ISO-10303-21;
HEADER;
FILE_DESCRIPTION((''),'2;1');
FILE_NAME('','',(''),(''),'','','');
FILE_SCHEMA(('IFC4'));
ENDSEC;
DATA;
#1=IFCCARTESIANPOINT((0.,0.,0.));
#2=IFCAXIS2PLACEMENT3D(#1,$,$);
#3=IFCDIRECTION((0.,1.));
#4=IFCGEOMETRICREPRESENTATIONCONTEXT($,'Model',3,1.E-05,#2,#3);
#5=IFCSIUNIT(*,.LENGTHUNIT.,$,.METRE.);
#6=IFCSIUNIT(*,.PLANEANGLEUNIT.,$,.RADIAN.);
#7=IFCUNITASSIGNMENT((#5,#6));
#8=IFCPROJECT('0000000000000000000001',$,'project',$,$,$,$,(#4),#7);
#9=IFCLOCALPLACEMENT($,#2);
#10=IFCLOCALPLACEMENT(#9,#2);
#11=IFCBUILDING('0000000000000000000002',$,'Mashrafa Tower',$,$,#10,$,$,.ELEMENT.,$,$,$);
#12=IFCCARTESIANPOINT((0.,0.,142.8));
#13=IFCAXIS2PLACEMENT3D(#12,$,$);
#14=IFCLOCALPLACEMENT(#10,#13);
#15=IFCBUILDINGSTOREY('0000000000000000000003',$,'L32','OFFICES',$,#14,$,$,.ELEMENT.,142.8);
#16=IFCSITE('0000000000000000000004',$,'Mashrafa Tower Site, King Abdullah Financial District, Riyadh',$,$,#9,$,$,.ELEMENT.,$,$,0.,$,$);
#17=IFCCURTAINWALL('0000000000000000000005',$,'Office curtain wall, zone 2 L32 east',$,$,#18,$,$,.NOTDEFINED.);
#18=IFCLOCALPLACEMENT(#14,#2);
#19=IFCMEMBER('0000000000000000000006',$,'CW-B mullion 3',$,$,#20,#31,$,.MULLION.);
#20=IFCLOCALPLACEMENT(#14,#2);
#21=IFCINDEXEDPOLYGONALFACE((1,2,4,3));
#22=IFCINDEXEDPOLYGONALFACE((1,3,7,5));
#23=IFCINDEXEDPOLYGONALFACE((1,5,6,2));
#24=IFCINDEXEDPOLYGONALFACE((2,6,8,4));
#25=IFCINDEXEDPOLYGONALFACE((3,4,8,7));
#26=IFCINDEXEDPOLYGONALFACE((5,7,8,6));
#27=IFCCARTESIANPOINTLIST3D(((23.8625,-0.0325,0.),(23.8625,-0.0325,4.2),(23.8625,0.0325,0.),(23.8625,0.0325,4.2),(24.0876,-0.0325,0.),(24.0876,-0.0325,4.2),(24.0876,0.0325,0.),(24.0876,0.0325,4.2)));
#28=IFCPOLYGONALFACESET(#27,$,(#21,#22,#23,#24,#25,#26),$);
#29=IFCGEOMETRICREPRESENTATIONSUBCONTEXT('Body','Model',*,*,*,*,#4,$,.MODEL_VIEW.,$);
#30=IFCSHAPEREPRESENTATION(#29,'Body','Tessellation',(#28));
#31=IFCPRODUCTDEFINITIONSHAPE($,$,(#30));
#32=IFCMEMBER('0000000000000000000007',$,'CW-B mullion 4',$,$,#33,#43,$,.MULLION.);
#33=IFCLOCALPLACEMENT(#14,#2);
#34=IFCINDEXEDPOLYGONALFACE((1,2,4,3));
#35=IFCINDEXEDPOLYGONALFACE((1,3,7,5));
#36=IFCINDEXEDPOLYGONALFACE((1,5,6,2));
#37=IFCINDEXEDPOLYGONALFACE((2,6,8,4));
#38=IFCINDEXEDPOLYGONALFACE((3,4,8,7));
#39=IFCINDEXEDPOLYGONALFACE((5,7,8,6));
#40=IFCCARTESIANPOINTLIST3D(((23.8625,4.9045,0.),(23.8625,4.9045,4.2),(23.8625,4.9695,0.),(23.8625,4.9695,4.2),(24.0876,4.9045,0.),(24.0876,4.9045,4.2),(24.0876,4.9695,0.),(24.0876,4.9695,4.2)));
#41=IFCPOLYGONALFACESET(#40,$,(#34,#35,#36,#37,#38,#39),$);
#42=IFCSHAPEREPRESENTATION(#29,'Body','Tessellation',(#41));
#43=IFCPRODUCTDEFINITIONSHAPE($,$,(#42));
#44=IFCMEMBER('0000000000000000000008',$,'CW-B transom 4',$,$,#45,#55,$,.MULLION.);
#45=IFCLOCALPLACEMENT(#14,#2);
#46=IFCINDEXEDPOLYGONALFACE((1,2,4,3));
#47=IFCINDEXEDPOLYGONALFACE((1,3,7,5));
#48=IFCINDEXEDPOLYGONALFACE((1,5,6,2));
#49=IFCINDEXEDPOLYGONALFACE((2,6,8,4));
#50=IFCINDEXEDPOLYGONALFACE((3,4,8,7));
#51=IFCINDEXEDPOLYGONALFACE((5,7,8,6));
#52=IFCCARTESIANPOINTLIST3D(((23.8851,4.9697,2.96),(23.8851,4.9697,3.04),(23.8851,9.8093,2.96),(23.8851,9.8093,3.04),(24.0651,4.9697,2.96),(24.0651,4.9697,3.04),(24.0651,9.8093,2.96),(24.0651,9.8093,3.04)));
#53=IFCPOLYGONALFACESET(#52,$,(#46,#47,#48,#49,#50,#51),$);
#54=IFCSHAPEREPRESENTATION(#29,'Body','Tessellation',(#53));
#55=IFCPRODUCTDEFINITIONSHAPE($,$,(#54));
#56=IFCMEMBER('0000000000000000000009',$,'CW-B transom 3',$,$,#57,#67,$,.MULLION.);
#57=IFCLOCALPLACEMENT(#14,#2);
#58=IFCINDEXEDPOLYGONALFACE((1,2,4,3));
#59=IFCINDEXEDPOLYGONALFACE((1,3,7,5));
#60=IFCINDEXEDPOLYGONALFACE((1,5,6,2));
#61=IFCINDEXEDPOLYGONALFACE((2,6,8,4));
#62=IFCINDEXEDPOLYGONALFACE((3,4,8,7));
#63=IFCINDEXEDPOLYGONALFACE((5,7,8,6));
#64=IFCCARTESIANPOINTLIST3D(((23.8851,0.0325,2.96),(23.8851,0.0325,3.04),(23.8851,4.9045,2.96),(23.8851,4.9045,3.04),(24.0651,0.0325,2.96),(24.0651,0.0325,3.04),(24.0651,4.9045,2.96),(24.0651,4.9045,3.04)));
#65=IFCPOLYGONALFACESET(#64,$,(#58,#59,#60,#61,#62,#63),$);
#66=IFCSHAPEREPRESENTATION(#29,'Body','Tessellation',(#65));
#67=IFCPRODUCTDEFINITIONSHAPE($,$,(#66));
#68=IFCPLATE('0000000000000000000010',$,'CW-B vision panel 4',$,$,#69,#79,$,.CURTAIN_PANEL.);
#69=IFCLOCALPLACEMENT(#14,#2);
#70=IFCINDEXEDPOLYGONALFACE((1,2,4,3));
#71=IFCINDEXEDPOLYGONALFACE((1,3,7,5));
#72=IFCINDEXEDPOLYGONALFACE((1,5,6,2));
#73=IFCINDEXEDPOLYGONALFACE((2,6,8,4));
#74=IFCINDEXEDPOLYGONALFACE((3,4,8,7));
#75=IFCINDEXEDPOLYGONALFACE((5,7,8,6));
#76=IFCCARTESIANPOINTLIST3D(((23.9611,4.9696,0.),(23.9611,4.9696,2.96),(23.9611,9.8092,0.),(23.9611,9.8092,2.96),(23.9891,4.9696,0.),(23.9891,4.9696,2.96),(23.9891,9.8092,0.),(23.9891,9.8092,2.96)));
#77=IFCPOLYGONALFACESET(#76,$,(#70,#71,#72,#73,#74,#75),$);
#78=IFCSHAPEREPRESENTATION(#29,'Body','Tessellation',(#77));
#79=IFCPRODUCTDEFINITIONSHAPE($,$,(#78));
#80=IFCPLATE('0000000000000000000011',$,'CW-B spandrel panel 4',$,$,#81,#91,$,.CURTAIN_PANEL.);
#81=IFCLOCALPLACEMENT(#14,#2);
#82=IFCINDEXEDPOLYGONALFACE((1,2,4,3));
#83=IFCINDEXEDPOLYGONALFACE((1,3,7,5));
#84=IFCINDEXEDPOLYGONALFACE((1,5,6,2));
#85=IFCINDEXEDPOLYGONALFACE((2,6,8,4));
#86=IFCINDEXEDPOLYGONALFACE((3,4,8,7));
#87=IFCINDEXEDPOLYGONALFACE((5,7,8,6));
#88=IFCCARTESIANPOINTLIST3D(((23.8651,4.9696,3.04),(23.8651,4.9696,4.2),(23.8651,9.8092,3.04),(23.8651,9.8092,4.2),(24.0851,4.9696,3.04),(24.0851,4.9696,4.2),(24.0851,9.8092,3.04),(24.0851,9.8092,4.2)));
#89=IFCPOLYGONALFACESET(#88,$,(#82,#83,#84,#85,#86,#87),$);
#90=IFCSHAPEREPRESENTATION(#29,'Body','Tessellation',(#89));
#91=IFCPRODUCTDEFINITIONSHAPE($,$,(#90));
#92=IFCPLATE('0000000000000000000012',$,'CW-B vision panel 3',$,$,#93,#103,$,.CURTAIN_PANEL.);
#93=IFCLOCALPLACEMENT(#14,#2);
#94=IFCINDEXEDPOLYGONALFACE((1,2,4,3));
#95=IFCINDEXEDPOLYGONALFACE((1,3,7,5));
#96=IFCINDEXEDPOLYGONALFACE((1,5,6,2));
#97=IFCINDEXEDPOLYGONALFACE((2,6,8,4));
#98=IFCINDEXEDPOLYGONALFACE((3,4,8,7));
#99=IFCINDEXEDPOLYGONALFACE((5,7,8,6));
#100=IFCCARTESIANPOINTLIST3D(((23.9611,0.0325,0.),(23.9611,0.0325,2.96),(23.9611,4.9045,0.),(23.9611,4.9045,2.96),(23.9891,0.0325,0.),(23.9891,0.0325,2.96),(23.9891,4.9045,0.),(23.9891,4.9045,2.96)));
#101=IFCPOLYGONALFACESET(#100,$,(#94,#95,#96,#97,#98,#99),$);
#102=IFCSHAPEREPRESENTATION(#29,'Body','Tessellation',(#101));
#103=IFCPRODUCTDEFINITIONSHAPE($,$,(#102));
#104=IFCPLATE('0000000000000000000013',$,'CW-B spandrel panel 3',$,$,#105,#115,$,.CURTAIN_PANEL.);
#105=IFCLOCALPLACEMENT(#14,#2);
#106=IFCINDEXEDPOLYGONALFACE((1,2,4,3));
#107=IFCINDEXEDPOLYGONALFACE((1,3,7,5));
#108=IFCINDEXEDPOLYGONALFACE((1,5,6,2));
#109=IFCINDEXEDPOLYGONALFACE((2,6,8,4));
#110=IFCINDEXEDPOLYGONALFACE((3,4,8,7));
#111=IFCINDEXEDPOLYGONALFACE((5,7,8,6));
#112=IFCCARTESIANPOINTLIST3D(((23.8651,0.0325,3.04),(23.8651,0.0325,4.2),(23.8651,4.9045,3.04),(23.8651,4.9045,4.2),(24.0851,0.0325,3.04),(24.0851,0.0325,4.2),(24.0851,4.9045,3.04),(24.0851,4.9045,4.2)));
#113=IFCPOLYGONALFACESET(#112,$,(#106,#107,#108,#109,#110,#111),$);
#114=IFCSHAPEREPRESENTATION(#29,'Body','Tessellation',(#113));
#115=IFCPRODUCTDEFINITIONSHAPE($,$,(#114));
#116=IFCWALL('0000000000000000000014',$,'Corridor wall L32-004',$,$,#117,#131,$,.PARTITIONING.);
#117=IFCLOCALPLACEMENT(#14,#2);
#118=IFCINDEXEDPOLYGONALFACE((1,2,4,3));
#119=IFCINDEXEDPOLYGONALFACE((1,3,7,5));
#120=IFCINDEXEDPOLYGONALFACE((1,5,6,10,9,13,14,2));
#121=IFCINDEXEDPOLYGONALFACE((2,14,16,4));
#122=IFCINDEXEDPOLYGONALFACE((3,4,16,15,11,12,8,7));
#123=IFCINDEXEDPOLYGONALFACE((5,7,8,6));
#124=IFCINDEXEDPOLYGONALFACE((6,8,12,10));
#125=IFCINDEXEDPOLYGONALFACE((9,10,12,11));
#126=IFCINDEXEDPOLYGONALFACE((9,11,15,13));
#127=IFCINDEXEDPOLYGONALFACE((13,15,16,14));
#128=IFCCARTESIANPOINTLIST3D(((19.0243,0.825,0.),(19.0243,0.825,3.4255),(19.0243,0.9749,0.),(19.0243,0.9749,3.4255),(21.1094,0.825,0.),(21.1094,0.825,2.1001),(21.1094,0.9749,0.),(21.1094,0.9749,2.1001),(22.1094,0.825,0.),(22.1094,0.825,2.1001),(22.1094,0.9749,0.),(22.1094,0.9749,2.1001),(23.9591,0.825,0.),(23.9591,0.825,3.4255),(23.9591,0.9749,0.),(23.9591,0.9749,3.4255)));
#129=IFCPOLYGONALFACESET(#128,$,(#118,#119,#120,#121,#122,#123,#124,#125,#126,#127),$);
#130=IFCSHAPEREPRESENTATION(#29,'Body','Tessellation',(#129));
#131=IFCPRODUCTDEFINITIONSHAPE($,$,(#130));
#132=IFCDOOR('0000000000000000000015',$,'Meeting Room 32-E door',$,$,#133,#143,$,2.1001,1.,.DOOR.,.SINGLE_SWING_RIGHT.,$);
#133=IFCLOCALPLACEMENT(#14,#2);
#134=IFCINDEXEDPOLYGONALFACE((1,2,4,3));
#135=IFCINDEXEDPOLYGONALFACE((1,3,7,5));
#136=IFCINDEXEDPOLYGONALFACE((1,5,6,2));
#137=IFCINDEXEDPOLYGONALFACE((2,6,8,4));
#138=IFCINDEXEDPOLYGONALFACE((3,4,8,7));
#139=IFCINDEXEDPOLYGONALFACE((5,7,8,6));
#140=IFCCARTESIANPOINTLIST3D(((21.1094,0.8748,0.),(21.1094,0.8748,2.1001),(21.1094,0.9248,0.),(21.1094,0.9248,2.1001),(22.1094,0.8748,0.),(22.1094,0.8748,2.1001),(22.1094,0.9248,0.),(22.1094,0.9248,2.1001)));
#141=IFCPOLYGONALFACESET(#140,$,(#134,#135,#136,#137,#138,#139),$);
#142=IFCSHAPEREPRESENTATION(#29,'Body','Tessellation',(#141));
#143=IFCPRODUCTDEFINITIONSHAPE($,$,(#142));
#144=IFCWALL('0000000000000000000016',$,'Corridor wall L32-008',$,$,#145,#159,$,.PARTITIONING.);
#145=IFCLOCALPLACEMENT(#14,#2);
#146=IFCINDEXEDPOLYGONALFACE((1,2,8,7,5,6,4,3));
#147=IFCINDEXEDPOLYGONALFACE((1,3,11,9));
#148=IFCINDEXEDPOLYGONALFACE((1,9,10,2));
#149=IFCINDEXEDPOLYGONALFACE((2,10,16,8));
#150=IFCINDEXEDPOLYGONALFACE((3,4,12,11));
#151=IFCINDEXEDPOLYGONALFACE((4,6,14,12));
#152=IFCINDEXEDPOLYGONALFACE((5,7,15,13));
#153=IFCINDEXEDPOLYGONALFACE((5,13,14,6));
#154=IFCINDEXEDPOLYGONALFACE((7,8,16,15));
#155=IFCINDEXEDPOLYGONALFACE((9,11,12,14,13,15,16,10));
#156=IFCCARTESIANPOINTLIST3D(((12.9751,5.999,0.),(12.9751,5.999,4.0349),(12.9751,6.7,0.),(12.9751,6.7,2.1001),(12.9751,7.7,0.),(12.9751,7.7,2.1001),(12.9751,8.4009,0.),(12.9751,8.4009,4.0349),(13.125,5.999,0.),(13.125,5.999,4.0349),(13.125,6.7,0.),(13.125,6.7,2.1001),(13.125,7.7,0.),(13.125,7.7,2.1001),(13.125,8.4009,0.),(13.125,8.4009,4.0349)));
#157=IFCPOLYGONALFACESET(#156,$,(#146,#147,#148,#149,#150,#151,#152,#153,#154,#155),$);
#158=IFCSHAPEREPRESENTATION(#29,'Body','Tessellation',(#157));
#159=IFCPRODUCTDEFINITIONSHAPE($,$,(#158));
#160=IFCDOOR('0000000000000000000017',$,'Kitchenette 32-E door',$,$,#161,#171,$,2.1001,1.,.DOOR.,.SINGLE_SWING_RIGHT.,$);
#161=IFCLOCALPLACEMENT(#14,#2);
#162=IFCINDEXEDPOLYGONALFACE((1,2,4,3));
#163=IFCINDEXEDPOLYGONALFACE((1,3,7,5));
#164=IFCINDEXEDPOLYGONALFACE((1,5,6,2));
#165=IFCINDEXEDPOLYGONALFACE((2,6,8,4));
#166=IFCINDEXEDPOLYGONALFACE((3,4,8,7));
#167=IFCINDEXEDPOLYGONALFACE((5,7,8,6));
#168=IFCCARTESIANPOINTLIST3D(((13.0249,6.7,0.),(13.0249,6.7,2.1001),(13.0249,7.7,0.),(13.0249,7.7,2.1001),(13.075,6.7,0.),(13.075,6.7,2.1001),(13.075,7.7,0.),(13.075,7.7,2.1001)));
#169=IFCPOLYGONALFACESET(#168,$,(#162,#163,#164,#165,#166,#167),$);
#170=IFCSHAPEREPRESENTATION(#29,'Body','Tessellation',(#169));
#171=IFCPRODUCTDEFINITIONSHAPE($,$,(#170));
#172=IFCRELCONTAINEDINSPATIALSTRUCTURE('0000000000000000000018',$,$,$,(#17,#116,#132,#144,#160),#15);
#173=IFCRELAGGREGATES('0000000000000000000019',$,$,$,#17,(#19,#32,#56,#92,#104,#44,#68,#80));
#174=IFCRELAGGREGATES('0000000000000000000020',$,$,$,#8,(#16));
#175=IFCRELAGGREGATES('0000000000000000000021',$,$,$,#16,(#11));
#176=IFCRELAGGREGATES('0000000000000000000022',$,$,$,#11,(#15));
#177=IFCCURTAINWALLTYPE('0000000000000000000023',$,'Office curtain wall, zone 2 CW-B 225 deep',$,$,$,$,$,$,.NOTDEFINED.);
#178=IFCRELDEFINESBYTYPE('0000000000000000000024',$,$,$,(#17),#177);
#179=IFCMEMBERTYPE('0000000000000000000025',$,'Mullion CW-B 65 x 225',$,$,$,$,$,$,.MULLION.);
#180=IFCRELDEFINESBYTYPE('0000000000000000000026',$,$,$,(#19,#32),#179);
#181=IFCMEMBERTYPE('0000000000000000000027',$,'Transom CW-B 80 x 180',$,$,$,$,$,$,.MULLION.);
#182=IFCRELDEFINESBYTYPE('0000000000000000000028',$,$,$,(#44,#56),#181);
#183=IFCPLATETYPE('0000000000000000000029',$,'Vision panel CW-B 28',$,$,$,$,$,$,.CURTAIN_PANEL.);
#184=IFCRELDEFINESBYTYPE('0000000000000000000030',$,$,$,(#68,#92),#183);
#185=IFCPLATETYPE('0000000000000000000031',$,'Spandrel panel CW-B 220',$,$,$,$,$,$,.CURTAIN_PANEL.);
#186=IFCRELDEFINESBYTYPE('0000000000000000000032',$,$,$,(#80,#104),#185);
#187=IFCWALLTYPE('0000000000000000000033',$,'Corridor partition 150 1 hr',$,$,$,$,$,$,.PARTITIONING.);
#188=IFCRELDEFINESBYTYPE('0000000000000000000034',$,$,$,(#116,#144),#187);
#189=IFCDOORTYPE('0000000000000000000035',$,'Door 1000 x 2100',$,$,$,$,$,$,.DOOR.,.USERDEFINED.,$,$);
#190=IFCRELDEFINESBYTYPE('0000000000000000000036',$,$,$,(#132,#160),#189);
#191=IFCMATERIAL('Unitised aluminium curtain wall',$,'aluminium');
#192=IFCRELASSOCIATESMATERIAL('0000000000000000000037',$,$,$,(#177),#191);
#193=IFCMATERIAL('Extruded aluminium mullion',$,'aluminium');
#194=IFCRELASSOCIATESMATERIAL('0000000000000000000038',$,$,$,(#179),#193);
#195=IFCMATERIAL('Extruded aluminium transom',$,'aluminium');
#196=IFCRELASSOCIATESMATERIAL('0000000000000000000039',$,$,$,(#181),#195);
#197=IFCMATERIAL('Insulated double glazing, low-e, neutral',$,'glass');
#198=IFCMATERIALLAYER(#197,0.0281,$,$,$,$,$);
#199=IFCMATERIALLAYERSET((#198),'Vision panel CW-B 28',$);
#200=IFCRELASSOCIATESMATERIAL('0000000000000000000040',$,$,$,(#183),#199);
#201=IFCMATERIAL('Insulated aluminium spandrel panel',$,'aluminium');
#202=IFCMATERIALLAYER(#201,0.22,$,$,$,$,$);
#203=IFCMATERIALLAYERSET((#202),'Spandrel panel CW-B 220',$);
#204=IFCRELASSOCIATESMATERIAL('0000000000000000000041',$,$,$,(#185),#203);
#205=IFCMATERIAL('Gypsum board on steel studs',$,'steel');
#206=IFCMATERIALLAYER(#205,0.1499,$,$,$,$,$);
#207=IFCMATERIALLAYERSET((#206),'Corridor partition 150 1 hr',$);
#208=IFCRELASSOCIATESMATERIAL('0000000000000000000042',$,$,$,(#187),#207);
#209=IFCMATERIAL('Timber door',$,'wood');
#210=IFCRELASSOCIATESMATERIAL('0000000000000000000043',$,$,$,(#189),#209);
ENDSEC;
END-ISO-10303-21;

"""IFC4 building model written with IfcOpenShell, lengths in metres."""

from ifc_helpers import new_model, si_unit, direction, frame, frame_2d, origin, origin_2d, place, context, subcontext, project, spatial, rectangle, extrude, source, transform, mapped, material, layer, layer_set, material_profile, profile_set, type_object, type_shapes, element, fill, aggregate, save


model = new_model("IFC4")

# Units and contexts
model_context = context("Model", 3, precision=1e-05, world=origin(), true_north=direction((0.0, 1.0)))
body_context = subcontext(model_context, "Body", "Model", "MODEL_VIEW")
ifc_project = project(units=[si_unit("LENGTHUNIT", "METRE"), si_unit("PLANEANGLEUNIT", "RADIAN")], contexts=[model_context])

# Site, building, storey
site_placement = place(None, origin())
site = spatial("IfcSite", under=ifc_project, at=site_placement, Name="Mashrafa Tower Site, King Abdullah Financial District, Riyadh", CompositionType="ELEMENT", RefElevation=0.0)
building_placement = place(site_placement, origin())
building = spatial("IfcBuilding", under=site, at=building_placement, Name="Mashrafa Tower", CompositionType="ELEMENT")
storey_placement = place(building_placement, frame((0.0, 0.0, 142.8)))
storey = spatial("IfcBuildingStorey", under=building, at=storey_placement, Name="L32", Description="OFFICES", CompositionType="ELEMENT", Elevation=142.8)

# Curtain wall, members, plates
ifc_material_1 = material(Name="Unitised aluminium curtain wall", Category="aluminium")
curtain_wall_type = type_object("IfcCurtainWallType", Name="Office curtain wall, zone 2 CW-B 225 deep", PredefinedType="NOTDEFINED", material=ifc_material_1)
curtain_wall_placement = place(storey_placement, origin())
curtain_wall = element("IfcCurtainWall", 1, at=curtain_wall_placement, inside=storey, type_object=curtain_wall_type, Name="Office curtain wall, zone 2 L32 east", PredefinedType="NOTDEFINED")
ifc_material_2 = material(Name="Extruded aluminium mullion", Category="aluminium")
ifc_material_profile_1 = material_profile(ifc_material_2, rectangle(XDim=0.2251, YDim=0.0649, at=origin_2d()), Name="Mullion 65x225")
ifc_profile_set_1 = profile_set([ifc_material_profile_1], Name="Extruded aluminium mullion")
member_type_1 = type_object("IfcMemberType", Name="Mullion CW-B 65 x 225", PredefinedType="MULLION", material=ifc_profile_set_1)
shared_shape_1 = source(origin(), body_context, "Body", "SweptSolid", [
    extrude(rectangle(XDim=0.2251, YDim=0.0649, at=origin_2d()), origin(), (0.0, 0.0, 1.0), 4.2),
])
type_shapes(member_type_1, [shared_shape_1])
member_1_placement = place(storey_placement, frame((23.9751, 0.0, 0.0), z_axis=(0.0, 0.0, 1.0), x_axis=(-1.0, 0.0, 0.0)))
member_1 = element("IfcMember", 2, at=member_1_placement, type_object=member_type_1, Name="CW-B mullion 3", PredefinedType="MULLION", context=body_context, shape_type="MappedRepresentation", body=[
    mapped(shared_shape_1, transform((0.0, 0.0, 0.0))),
])
member_2_placement = place(storey_placement, frame((23.9751, 4.937, 0.0), z_axis=(0.0, 0.0, 1.0), x_axis=(-1.0, 0.0, 0.0)))
member_2 = element("IfcMember", 3, at=member_2_placement, type_object=member_type_1, Name="CW-B mullion 4", PredefinedType="MULLION", context=body_context, shape_type="MappedRepresentation", body=[
    mapped(shared_shape_1, transform((0.0, 0.0, 0.0))),
])
ifc_material_3 = material(Name="Extruded aluminium transom", Category="aluminium")
ifc_material_profile_2 = material_profile(ifc_material_3, rectangle(XDim=0.1799, YDim=0.0801, at=origin_2d()), Name="Transom 80x180")
ifc_profile_set_2 = profile_set([ifc_material_profile_2], Name="Extruded aluminium transom")
member_type_2 = type_object("IfcMemberType", Name="Transom CW-B 80 x 180", PredefinedType="MULLION", material=ifc_profile_set_2)
shared_shape_2 = source(origin(), body_context, "Body", "SweptSolid", [
    extrude(rectangle(XDim=0.1799, YDim=0.0801, at=origin_2d()), origin(), (0.0, 0.0, 1.0), 4.8396),
])
member_3_placement = place(storey_placement, frame((23.9751, 4.9697, 3.0), z_axis=(0.0, 1.0, 0.0), x_axis=(-1.0, 0.0, 0.0)))
member_3 = element("IfcMember", 4, at=member_3_placement, type_object=member_type_2, Name="CW-B transom 4", PredefinedType="MULLION", context=body_context, shape_type="MappedRepresentation", body=[
    mapped(shared_shape_2, transform((0.0, 0.0, 0.0))),
])
shared_shape_3 = source(origin(), body_context, "Body", "SweptSolid", [
    extrude(rectangle(XDim=0.1799, YDim=0.0801, at=origin_2d()), origin(), (0.0, 0.0, 1.0), 4.8721),
])
type_shapes(member_type_2, [shared_shape_2, shared_shape_3])
member_4_placement = place(storey_placement, frame((23.9751, 0.0325, 3.0), z_axis=(0.0, 1.0, 0.0), x_axis=(-1.0, 0.0, 0.0)))
member_4 = element("IfcMember", 5, at=member_4_placement, type_object=member_type_2, Name="CW-B transom 3", PredefinedType="MULLION", context=body_context, shape_type="MappedRepresentation", body=[
    mapped(shared_shape_3, transform((0.0, 0.0, 0.0))),
])
ifc_material_4 = material(Name="Insulated double glazing, low-e, neutral", Category="glass")
ifc_layer_1 = layer(ifc_material_4, 0.0281)
ifc_layer_set_1 = layer_set([ifc_layer_1], Name="Vision panel CW-B 28")
plate_type_1 = type_object("IfcPlateType", Name="Vision panel CW-B 28", PredefinedType="CURTAIN_PANEL", material=ifc_layer_set_1)
shared_shape_4 = source(origin(), body_context, "Body", "SweptSolid", [
    extrude(rectangle(XDim=4.8396, YDim=0.0281, at=origin_2d()), origin(), (0.0, 0.0, 1.0), 2.96),
])
plate_1_placement = place(storey_placement, frame((23.9751, 7.3894, 0.0), z_axis=(0.0, 0.0, 1.0), x_axis=(0.0, 1.0, 0.0)))
plate_1 = element("IfcPlate", 6, at=plate_1_placement, type_object=plate_type_1, Name="CW-B vision panel 4", PredefinedType="CURTAIN_PANEL", context=body_context, shape_type="MappedRepresentation", body=[
    mapped(shared_shape_4, transform((0.0, 0.0, 0.0))),
])
ifc_material_5 = material(Name="Insulated aluminium spandrel panel", Category="aluminium")
ifc_layer_2 = layer(ifc_material_5, 0.22)
ifc_layer_set_2 = layer_set([ifc_layer_2], Name="Spandrel panel CW-B 220")
plate_type_2 = type_object("IfcPlateType", Name="Spandrel panel CW-B 220", PredefinedType="CURTAIN_PANEL", material=ifc_layer_set_2)
shared_shape_5 = source(origin(), body_context, "Body", "SweptSolid", [
    extrude(rectangle(XDim=4.8396, YDim=0.22, at=origin_2d()), origin(), (0.0, 0.0, 1.0), 1.1599),
])
plate_2_placement = place(storey_placement, frame((23.9751, 7.3894, 3.04), z_axis=(0.0, 0.0, 1.0), x_axis=(0.0, 1.0, 0.0)))
plate_2 = element("IfcPlate", 7, at=plate_2_placement, type_object=plate_type_2, Name="CW-B spandrel panel 4", PredefinedType="CURTAIN_PANEL", context=body_context, shape_type="MappedRepresentation", body=[
    mapped(shared_shape_5, transform((0.0, 0.0, 0.0))),
])
shared_shape_6 = source(origin(), body_context, "Body", "SweptSolid", [
    extrude(rectangle(XDim=4.8721, YDim=0.0281, at=origin_2d()), origin(), (0.0, 0.0, 1.0), 2.96),
])
type_shapes(plate_type_1, [shared_shape_4, shared_shape_6])
plate_3_placement = place(storey_placement, frame((23.9751, 2.4685, 0.0), z_axis=(0.0, 0.0, 1.0), x_axis=(0.0, 1.0, 0.0)))
plate_3 = element("IfcPlate", 8, at=plate_3_placement, type_object=plate_type_1, Name="CW-B vision panel 3", PredefinedType="CURTAIN_PANEL", context=body_context, shape_type="MappedRepresentation", body=[
    mapped(shared_shape_6, transform((0.0, 0.0, 0.0))),
])
shared_shape_7 = source(origin(), body_context, "Body", "SweptSolid", [
    extrude(rectangle(XDim=4.8721, YDim=0.22, at=origin_2d()), origin(), (0.0, 0.0, 1.0), 1.1599),
])
type_shapes(plate_type_2, [shared_shape_5, shared_shape_7])
plate_4_placement = place(storey_placement, frame((23.9751, 2.4685, 3.04), z_axis=(0.0, 0.0, 1.0), x_axis=(0.0, 1.0, 0.0)))
plate_4 = element("IfcPlate", 9, at=plate_4_placement, type_object=plate_type_2, Name="CW-B spandrel panel 3", PredefinedType="CURTAIN_PANEL", context=body_context, shape_type="MappedRepresentation", body=[
    mapped(shared_shape_7, transform((0.0, 0.0, 0.0))),
])
aggregate(curtain_wall, [member_1, member_2, member_4, plate_3, plate_4, member_3, plate_1, plate_2])

# Walls, openings, doors
ifc_material_6 = material(Name="Gypsum board on steel studs", Category="steel")
ifc_layer_3 = layer(ifc_material_6, 0.1499)
ifc_layer_set_3 = layer_set([ifc_layer_3], Name="Corridor partition 150 1 hr")
wall_type_1 = type_object("IfcWallType", Name="Corridor partition 150 1 hr", PredefinedType="PARTITIONING", material=ifc_layer_set_3)
wall_1_placement = place(storey_placement, frame((23.959, 0.8999, 0.0), z_axis=(0.0, 0.0, 1.0), x_axis=(-1.0, 0.0, 0.0)))
wall_1 = element("IfcWall", 10, at=wall_1_placement, inside=storey, type_object=wall_type_1, Name="Corridor wall L32-004", PredefinedType="PARTITIONING", context=body_context, shape_type="SweptSolid", body=[
    extrude(rectangle(XDim=4.9348, YDim=0.1499, at=frame_2d((2.4673, 0.0))), origin(), (0.0, 0.0, 1.0), 3.4255),
])
opening_1_placement = place(wall_1_placement, frame((1.8496, 0.0, 0.0)))
opening_1 = element("IfcOpeningElement", 11, at=opening_1_placement, cuts=wall_1, PredefinedType="OPENING", context=body_context, shape_type="SweptSolid", body=[
    extrude(rectangle(XDim=1.0, YDim=2.1001, at=frame_2d((0.5, 1.05))), frame((0.0, 0.085, 0.0), z_axis=(0.0, -1.0, 0.0), x_axis=(1.0, 0.0, 0.0)), (0.0, 0.0, 1.0), 0.1699),
])
ifc_material_7 = material(Name="Timber door", Category="wood")
door_type_1 = type_object("IfcDoorType", Name="Door 1000 x 2100", OperationType="USERDEFINED", PredefinedType="DOOR", material=ifc_material_7)
door_1_placement = place(opening_1_placement, frame((1.0, 0.0, 0.0), z_axis=(0.0, 0.0, 1.0), x_axis=(-1.0, 0.0, 0.0)))
door_1 = element("IfcDoor", 12, at=door_1_placement, inside=storey, type_object=door_type_1, Name="Meeting Room 32-E door", OperationType="SINGLE_SWING_RIGHT", OverallHeight=2.1001, OverallWidth=1.0, PredefinedType="DOOR", context=body_context, shape_type="SweptSolid", body=[
    extrude(rectangle(XDim=1.0, YDim=2.1001, at=frame_2d((0.5, 1.05))), frame((0.0, 0.0249, 0.0), z_axis=(0.0, -1.0, 0.0), x_axis=(1.0, 0.0, 0.0)), (0.0, 0.0, 1.0), 0.05),
])
fill(opening_1, door_1)
wall_2_placement = place(storey_placement, frame((13.05, 5.999, 0.0), z_axis=(0.0, 0.0, 1.0), x_axis=(0.0, 1.0, 0.0)))
wall_2 = element("IfcWall", 13, at=wall_2_placement, inside=storey, type_object=wall_type_1, Name="Corridor wall L32-008", PredefinedType="PARTITIONING", context=body_context, shape_type="SweptSolid", body=[
    extrude(rectangle(XDim=2.4019, YDim=0.1499, at=frame_2d((1.2009, 0.0))), origin(), (0.0, 0.0, 1.0), 4.0349),
])
opening_2_placement = place(wall_2_placement, frame((0.7009, 0.0, 0.0)))
opening_2 = element("IfcOpeningElement", 14, at=opening_2_placement, cuts=wall_2, PredefinedType="OPENING", context=body_context, shape_type="SweptSolid", body=[
    extrude(rectangle(XDim=1.0, YDim=2.1001, at=frame_2d((0.5, 1.05))), frame((0.0, 0.085, 0.0), z_axis=(0.0, -1.0, 0.0), x_axis=(1.0, 0.0, 0.0)), (0.0, 0.0, 1.0), 0.1699),
])
door_2_placement = place(opening_2_placement, frame((1.0, 0.0, 0.0), z_axis=(0.0, 0.0, 1.0), x_axis=(-1.0, 0.0, 0.0)))
door_2 = element("IfcDoor", 15, at=door_2_placement, inside=storey, type_object=door_type_1, Name="Kitchenette 32-E door", OperationType="SINGLE_SWING_RIGHT", OverallHeight=2.1001, OverallWidth=1.0, PredefinedType="DOOR", context=body_context, shape_type="SweptSolid", body=[
    extrude(rectangle(XDim=1.0, YDim=2.1001, at=frame_2d((0.5, 1.05))), frame((0.0, 0.0249, 0.0), z_axis=(0.0, -1.0, 0.0), x_axis=(1.0, 0.0, 0.0)), (0.0, 0.0, 1.0), 0.05),
])
fill(opening_2, door_2)

save(model, "model.ifc")
